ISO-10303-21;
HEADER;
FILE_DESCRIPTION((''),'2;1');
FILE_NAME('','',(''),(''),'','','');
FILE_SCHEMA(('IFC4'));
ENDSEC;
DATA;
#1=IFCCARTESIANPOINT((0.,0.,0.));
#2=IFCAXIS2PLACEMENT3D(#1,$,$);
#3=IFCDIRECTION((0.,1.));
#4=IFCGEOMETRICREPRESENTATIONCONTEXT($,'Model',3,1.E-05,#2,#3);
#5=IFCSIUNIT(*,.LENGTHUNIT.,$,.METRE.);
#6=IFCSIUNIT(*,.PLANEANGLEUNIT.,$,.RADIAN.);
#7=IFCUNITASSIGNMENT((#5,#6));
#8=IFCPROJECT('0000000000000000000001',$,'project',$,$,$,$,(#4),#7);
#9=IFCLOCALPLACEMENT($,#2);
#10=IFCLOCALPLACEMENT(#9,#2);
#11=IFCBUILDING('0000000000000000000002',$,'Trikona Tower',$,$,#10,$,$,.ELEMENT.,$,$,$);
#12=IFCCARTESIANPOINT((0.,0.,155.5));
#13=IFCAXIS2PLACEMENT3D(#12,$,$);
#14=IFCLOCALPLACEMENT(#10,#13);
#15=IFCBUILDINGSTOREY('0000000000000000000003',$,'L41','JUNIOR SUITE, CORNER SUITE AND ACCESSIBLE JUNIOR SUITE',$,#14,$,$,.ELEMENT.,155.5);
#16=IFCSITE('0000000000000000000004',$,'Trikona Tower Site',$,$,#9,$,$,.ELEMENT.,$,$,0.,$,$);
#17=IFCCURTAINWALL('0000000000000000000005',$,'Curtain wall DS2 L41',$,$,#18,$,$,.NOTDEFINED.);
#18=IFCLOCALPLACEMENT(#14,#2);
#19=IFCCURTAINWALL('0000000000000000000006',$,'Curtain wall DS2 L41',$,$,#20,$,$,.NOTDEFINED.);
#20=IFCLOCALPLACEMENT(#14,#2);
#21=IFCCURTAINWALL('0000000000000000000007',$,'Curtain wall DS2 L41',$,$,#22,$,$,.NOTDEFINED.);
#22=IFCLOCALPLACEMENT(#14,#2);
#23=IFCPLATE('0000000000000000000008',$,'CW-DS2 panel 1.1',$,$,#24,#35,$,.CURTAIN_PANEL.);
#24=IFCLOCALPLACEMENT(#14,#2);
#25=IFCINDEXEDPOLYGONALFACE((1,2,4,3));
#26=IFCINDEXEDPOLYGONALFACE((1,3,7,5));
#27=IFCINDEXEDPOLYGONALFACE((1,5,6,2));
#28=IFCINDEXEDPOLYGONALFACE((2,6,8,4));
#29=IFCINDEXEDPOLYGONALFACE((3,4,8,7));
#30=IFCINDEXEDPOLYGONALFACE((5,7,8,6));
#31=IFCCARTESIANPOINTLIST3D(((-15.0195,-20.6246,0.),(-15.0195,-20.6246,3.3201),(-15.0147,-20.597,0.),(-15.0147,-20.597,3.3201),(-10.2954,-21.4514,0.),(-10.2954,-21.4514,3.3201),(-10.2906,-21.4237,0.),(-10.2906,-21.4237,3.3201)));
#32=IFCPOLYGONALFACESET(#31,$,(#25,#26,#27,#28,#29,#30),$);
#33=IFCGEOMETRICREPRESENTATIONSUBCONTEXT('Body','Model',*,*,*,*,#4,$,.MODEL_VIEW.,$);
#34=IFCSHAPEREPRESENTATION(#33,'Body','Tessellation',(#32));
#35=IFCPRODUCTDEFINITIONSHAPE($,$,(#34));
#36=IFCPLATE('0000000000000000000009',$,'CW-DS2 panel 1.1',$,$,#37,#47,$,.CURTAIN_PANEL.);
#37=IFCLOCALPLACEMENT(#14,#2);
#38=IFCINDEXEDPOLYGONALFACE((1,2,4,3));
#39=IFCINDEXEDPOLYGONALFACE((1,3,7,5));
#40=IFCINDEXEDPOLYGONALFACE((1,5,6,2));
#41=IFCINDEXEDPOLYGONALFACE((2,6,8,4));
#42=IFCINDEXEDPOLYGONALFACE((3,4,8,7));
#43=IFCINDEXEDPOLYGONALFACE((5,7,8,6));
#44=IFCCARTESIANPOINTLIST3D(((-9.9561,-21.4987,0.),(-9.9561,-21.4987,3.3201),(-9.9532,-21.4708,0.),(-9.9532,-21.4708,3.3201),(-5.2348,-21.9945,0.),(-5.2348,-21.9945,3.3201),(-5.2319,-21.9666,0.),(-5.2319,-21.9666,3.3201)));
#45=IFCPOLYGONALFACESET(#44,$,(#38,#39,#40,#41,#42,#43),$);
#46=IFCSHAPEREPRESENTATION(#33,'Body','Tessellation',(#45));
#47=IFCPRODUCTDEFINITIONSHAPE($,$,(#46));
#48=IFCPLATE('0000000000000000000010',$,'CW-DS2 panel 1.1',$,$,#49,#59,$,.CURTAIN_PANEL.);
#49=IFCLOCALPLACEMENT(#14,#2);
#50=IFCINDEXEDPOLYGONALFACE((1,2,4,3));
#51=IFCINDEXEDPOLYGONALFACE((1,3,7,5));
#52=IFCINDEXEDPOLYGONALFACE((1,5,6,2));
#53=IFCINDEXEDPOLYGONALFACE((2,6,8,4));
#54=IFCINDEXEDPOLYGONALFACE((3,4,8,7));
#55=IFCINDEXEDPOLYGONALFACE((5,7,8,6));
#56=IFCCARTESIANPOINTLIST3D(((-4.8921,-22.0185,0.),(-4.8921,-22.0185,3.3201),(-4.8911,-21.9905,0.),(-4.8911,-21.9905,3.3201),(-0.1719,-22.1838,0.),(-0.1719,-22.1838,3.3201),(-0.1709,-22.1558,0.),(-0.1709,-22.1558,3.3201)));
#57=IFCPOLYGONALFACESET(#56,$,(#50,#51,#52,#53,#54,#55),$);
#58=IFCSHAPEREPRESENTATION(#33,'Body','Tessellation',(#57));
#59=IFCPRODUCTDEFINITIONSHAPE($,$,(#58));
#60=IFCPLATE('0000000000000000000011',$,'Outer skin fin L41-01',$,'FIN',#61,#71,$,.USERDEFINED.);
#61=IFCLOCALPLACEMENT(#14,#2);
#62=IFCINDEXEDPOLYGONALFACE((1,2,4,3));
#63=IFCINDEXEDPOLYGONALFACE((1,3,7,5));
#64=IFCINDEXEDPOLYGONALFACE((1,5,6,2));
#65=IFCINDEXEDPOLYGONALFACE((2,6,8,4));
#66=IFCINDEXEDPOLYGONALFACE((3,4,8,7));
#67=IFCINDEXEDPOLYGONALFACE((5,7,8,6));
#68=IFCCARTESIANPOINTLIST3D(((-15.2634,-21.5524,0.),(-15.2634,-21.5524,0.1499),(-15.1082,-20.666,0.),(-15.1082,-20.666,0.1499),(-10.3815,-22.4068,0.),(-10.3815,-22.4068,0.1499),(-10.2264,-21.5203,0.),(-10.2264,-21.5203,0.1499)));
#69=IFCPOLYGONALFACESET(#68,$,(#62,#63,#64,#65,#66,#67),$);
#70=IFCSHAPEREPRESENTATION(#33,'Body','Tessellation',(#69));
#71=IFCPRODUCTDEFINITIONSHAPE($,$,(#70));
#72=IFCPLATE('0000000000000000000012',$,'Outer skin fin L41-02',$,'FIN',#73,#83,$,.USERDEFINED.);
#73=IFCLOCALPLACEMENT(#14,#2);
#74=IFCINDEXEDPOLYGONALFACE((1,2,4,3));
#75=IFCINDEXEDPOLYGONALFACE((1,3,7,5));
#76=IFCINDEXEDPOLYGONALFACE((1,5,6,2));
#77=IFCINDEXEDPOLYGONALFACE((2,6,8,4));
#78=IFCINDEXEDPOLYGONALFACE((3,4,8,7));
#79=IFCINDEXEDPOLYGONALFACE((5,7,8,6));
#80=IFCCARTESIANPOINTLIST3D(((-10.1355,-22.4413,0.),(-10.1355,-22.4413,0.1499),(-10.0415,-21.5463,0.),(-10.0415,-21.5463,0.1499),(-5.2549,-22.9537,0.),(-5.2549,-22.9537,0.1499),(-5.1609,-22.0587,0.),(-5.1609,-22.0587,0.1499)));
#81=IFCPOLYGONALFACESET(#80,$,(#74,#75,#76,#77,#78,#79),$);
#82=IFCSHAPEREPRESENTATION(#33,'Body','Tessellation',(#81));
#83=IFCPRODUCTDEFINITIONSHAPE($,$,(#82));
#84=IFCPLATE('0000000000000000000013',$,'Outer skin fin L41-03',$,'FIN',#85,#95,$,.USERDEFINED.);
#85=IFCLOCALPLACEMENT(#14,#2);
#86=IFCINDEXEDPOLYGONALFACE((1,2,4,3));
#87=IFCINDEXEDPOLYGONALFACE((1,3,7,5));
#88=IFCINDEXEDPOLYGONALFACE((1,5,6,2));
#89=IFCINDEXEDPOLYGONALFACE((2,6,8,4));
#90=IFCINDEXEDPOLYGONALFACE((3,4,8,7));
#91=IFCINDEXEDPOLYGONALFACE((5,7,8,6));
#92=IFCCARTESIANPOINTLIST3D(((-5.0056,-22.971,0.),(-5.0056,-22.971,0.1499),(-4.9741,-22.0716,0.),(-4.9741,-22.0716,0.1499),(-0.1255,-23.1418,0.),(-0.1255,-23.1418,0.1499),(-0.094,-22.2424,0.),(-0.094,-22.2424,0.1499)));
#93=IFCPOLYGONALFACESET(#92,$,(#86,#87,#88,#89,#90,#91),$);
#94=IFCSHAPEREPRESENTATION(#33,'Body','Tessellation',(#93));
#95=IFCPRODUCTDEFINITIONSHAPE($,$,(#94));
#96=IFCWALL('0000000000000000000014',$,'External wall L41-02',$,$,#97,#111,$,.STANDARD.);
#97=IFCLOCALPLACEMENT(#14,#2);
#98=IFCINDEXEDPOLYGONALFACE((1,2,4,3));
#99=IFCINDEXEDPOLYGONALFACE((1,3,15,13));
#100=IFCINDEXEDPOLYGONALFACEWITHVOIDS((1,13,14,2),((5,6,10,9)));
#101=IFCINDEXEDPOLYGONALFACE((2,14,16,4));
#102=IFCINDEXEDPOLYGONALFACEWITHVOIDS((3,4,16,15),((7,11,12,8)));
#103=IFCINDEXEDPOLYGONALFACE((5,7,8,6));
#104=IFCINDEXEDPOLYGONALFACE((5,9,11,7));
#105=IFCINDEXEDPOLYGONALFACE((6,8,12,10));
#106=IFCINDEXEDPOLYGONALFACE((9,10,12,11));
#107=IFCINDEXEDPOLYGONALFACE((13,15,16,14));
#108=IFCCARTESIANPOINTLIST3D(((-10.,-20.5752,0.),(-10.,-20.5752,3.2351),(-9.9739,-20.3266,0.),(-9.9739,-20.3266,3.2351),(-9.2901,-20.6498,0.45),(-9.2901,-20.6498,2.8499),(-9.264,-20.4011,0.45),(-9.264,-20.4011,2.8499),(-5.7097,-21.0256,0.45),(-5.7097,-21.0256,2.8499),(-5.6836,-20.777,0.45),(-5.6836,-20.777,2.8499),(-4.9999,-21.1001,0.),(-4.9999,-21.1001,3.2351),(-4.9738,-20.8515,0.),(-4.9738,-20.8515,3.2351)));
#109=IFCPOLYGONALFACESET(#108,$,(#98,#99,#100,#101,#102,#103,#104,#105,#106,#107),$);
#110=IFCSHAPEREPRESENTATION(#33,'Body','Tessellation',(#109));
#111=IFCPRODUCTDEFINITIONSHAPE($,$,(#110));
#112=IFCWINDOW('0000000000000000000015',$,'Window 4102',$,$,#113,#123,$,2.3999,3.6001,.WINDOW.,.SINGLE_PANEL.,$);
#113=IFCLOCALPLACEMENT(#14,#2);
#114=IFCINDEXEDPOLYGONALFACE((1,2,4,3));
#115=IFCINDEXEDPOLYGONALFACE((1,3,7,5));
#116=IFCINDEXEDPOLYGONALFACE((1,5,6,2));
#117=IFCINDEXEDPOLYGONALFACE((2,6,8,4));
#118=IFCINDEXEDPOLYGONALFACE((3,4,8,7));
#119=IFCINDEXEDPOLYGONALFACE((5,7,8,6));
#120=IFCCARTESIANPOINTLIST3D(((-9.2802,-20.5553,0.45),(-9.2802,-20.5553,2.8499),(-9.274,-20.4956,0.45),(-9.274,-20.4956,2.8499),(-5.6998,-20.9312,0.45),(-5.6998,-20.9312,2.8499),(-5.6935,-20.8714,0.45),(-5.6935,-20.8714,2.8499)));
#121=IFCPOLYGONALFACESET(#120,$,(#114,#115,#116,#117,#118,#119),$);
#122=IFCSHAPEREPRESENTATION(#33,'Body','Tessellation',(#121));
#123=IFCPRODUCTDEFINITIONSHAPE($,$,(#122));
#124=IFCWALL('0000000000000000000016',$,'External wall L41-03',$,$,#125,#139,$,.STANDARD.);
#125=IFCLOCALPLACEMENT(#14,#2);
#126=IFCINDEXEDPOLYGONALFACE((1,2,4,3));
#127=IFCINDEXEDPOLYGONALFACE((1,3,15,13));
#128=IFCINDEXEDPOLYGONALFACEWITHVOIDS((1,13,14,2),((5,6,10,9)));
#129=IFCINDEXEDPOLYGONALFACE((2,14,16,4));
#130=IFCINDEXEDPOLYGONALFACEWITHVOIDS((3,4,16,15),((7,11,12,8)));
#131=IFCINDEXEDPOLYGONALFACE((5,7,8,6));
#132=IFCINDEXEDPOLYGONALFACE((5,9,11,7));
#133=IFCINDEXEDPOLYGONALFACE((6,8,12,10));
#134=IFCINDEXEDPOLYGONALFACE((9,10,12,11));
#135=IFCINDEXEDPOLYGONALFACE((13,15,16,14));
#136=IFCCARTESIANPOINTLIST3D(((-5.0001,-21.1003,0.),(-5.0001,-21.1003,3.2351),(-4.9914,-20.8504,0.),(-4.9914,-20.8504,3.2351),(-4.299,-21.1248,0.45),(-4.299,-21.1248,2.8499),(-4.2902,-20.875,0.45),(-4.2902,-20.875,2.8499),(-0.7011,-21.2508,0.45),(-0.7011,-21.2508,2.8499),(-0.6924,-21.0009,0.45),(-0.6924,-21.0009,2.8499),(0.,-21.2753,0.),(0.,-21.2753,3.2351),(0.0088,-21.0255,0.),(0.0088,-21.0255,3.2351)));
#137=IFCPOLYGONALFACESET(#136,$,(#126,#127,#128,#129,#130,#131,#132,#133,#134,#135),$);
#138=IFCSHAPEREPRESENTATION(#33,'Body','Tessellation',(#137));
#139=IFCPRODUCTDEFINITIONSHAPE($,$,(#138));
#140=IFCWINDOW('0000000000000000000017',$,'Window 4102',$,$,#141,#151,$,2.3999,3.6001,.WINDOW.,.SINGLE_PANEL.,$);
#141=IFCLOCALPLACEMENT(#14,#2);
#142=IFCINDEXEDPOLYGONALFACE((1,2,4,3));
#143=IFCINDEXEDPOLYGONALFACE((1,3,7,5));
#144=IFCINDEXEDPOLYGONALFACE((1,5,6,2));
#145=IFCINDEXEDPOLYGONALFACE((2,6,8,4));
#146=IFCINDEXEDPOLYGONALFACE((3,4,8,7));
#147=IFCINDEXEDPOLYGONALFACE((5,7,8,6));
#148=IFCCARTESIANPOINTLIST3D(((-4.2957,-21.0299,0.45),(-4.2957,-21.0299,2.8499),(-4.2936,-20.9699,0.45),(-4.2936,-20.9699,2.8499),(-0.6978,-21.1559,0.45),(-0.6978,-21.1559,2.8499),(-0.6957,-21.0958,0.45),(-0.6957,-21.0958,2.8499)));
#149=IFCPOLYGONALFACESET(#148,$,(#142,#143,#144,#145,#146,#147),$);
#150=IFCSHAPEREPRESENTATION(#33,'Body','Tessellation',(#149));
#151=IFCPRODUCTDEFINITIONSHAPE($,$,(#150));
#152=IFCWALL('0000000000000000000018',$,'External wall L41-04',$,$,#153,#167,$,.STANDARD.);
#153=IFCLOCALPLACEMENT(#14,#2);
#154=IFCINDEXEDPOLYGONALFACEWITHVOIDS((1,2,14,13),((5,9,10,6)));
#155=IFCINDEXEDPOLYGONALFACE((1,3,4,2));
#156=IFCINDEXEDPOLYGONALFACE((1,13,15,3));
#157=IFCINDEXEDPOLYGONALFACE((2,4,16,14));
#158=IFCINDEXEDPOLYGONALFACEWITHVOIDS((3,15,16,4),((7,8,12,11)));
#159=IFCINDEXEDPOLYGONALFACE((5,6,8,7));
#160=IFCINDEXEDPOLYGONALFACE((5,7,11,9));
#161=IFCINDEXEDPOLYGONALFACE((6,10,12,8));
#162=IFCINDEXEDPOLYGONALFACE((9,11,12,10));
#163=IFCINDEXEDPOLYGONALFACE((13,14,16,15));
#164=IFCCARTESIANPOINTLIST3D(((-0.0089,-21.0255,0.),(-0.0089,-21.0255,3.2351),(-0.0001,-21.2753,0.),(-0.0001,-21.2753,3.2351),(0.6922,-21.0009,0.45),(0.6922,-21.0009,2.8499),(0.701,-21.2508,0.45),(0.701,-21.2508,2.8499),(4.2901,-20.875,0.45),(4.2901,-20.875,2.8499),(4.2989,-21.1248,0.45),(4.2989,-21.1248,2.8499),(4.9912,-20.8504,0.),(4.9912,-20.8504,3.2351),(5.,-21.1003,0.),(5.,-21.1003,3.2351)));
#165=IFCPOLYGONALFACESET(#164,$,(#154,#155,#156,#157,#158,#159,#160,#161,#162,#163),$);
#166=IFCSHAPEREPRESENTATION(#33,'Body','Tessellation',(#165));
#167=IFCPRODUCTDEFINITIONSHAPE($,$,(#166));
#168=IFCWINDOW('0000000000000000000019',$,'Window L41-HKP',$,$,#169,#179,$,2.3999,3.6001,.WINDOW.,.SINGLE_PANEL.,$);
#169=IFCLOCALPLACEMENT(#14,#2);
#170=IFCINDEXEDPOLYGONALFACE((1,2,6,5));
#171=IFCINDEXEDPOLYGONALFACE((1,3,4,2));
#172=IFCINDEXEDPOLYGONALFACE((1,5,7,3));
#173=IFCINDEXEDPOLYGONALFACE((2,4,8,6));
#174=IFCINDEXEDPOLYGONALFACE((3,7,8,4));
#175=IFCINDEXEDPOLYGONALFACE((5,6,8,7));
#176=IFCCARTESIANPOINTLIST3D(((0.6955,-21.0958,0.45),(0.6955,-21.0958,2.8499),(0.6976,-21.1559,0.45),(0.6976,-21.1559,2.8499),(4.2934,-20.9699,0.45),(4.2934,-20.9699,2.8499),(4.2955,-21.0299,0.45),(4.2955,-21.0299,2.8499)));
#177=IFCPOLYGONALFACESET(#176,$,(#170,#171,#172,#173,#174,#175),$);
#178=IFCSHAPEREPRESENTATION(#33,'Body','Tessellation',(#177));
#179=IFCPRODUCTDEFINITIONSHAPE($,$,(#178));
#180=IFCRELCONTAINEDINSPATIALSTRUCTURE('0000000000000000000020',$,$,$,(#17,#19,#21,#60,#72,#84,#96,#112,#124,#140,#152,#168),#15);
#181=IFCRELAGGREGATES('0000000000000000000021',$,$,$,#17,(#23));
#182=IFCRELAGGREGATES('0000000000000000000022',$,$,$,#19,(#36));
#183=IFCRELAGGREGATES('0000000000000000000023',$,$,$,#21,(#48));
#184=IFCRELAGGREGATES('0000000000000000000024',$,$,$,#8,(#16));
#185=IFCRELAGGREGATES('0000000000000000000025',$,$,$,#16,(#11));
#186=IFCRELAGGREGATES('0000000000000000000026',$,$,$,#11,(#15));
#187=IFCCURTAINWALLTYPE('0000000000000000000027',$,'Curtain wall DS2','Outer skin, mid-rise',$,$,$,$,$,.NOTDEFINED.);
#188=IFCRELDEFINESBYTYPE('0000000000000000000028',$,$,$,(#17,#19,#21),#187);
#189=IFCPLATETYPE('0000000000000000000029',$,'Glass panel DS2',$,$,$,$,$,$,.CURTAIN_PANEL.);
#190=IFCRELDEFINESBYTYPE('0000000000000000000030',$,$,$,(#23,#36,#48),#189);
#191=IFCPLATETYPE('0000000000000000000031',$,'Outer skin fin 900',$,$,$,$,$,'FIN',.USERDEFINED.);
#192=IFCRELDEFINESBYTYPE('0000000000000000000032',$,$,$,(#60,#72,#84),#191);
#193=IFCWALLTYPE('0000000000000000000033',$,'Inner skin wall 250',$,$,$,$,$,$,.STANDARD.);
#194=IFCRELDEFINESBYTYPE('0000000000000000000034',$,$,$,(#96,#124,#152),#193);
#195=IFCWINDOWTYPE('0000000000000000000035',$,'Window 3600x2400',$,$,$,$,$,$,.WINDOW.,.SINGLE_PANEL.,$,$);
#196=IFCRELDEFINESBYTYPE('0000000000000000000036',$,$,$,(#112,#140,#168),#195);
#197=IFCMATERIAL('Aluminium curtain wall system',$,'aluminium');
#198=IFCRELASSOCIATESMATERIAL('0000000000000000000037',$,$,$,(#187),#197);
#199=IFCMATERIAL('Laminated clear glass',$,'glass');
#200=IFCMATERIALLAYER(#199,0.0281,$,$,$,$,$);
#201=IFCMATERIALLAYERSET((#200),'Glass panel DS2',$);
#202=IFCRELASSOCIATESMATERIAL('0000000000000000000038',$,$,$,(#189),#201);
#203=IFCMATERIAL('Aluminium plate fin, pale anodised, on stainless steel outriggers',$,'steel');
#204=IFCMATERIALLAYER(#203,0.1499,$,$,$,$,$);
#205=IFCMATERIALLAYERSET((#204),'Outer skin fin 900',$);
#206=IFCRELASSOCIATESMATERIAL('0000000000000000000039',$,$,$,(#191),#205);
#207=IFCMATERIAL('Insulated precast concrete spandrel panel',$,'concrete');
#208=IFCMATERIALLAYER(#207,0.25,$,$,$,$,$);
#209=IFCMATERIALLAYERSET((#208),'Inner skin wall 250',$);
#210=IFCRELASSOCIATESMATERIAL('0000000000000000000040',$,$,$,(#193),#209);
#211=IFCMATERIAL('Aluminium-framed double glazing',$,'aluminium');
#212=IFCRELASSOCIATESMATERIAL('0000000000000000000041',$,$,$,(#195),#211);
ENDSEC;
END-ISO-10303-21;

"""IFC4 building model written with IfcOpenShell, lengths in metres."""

from ifc_helpers import new_model, si_unit, direction, frame, frame_2d, origin, origin_2d, place, context, subcontext, project, spatial, rectangle, extrude, material, layer, layer_set, type_object, element, fill, aggregate, save


model = new_model("IFC4")

# Units and contexts
model_context = context("Model", 3, precision=1e-05, world=origin(), true_north=direction((0.0, 1.0)))
body_context = subcontext(model_context, "Body", "Model", "MODEL_VIEW")
ifc_project = project(units=[si_unit("LENGTHUNIT", "METRE"), si_unit("PLANEANGLEUNIT", "RADIAN")], contexts=[model_context])

# Site, building, storey
site_placement = place(None, origin())
site = spatial("IfcSite", under=ifc_project, at=site_placement, Name="Trikona Tower Site", CompositionType="ELEMENT", RefElevation=0.0)
building_placement = place(site_placement, origin())
building = spatial("IfcBuilding", under=site, at=building_placement, Name="Trikona Tower", CompositionType="ELEMENT")
storey_placement = place(building_placement, frame((0.0, 0.0, 155.5)))
storey = spatial("IfcBuildingStorey", under=building, at=storey_placement, Name="L41", Description="JUNIOR SUITE, CORNER SUITE AND ACCESSIBLE JUNIOR SUITE", CompositionType="ELEMENT", Elevation=155.5)

# Curtain wall
ifc_material_1 = material(Name="Aluminium curtain wall system", Category="aluminium")
curtain_wall_type = type_object("IfcCurtainWallType", Name="Curtain wall DS2", Description="Outer skin, mid-rise", PredefinedType="NOTDEFINED", material=ifc_material_1)
curtain_wall_1_placement = place(storey_placement, origin())
curtain_wall_1 = element("IfcCurtainWall", 1, at=curtain_wall_1_placement, inside=storey, type_object=curtain_wall_type, Name="Curtain wall DS2 L41", PredefinedType="NOTDEFINED")

# Curtain walls
curtain_wall_2_placement = place(storey_placement, origin())
curtain_wall_2 = element("IfcCurtainWall", 2, at=curtain_wall_2_placement, inside=storey, type_object=curtain_wall_type, Name="Curtain wall DS2 L41", PredefinedType="NOTDEFINED")
curtain_wall_3_placement = place(storey_placement, origin())
curtain_wall_3 = element("IfcCurtainWall", 3, at=curtain_wall_3_placement, inside=storey, type_object=curtain_wall_type, Name="Curtain wall DS2 L41", PredefinedType="NOTDEFINED")

# Plates
ifc_material_2 = material(Name="Laminated clear glass", Category="glass")
ifc_layer_1 = layer(ifc_material_2, 0.0281)
ifc_layer_set_1 = layer_set([ifc_layer_1], Name="Glass panel DS2")
plate_type_1 = type_object("IfcPlateType", Name="Glass panel DS2", PredefinedType="CURTAIN_PANEL", material=ifc_layer_set_1)
plate_1_placement = place(storey_placement, frame((-12.655, -21.0242, 0.0), z_axis=(0.0, 0.0, 1.0), x_axis=(0.985031, -0.172377, 0.0)))
plate_1 = element("IfcPlate", 4, at=plate_1_placement, type_object=plate_type_1, Name="CW-DS2 panel 1.1", PredefinedType="CURTAIN_PANEL", context=body_context, shape_type="SweptSolid", body=[
    extrude(rectangle(XDim=4.7959, YDim=0.0281, at=origin_2d()), origin(), (0.0, 0.0, 1.0), 3.3201),
])
aggregate(curtain_wall_1, [plate_1])
plate_2_placement = place(storey_placement, frame((-7.594, -21.7327, 0.0), z_axis=(0.0, 0.0, 1.0), x_axis=(0.994532, -0.104433, 0.0)))
plate_2 = element("IfcPlate", 5, at=plate_2_placement, type_object=plate_type_1, Name="CW-DS2 panel 1.1", PredefinedType="CURTAIN_PANEL", context=body_context, shape_type="SweptSolid", body=[
    extrude(rectangle(XDim=4.7473, YDim=0.0281, at=origin_2d()), origin(), (0.0, 0.0, 1.0), 3.3201),
])
aggregate(curtain_wall_2, [plate_2])
plate_3_placement = place(storey_placement, frame((-2.5315, -22.0872, 0.0), z_axis=(0.0, 0.0, 1.0), x_axis=(0.999387, -0.034998, 0.0)))
plate_3 = element("IfcPlate", 6, at=plate_3_placement, type_object=plate_type_1, Name="CW-DS2 panel 1.1", PredefinedType="CURTAIN_PANEL", context=body_context, shape_type="SweptSolid", body=[
    extrude(rectangle(XDim=4.7231, YDim=0.0281, at=origin_2d()), origin(), (0.0, 0.0, 1.0), 3.3201),
])
aggregate(curtain_wall_3, [plate_3])

# Plates
ifc_material_3 = material(Name="Aluminium plate fin, pale anodised, on stainless steel outriggers", Category="steel")
ifc_layer_2 = layer(ifc_material_3, 0.1499)
ifc_layer_set_2 = layer_set([ifc_layer_2], Name="Outer skin fin 900")
plate_type_2 = type_object("IfcPlateType", Name="Outer skin fin 900", ElementType="FIN", PredefinedType="USERDEFINED", material=ifc_layer_set_2)
plate_4_placement = place(storey_placement, frame((-12.7449, -21.5364, 0.0), z_axis=(0.0, 0.0, 1.0), x_axis=(0.985031, -0.17238, 0.0)))
element("IfcPlate", 7, at=plate_4_placement, inside=storey, type_object=plate_type_2, Name="Outer skin fin L41-01", ObjectType="FIN", PredefinedType="USERDEFINED", context=body_context, shape_type="SweptSolid", body=[
    extrude(rectangle(XDim=4.9561, YDim=0.8999, at=origin_2d()), origin(), (0.0, 0.0, 1.0), 0.1499),
])
plate_5_placement = place(storey_placement, frame((-7.6482, -22.25, 0.0), z_axis=(0.0, 0.0, 1.0), x_axis=(0.994533, -0.104426, 0.0)))
element("IfcPlate", 8, at=plate_5_placement, inside=storey, type_object=plate_type_2, Name="Outer skin fin L41-02", ObjectType="FIN", PredefinedType="USERDEFINED", context=body_context, shape_type="SweptSolid", body=[
    extrude(rectangle(XDim=4.9075, YDim=0.8999, at=origin_2d()), origin(), (0.0, 0.0, 1.0), 0.1499),
])
plate_6_placement = place(storey_placement, frame((-2.5498, -22.6067, 0.0), z_axis=(0.0, 0.0, 1.0), x_axis=(0.999388, -0.034978, 0.0)))
element("IfcPlate", 9, at=plate_6_placement, inside=storey, type_object=plate_type_2, Name="Outer skin fin L41-03", ObjectType="FIN", PredefinedType="USERDEFINED", context=body_context, shape_type="SweptSolid", body=[
    extrude(rectangle(XDim=4.8831, YDim=0.8999, at=origin_2d()), origin(), (0.0, 0.0, 1.0), 0.1499),
])

# Walls, openings, windows
ifc_material_4 = material(Name="Insulated precast concrete spandrel panel", Category="concrete")
ifc_layer_3 = layer(ifc_material_4, 0.25)
ifc_layer_set_3 = layer_set([ifc_layer_3], Name="Inner skin wall 250")
wall_type = type_object("IfcWallType", Name="Inner skin wall 250", PredefinedType="STANDARD", material=ifc_layer_set_3)
wall_1_placement = place(storey_placement, frame((-9.9868, -20.4509, 0.0), z_axis=(0.0, 0.0, 1.0), x_axis=(0.994535, -0.104407, 0.0)))
wall_1 = element("IfcWall", 10, at=wall_1_placement, inside=storey, type_object=wall_type, Name="External wall L41-02", PredefinedType="STANDARD", context=body_context, shape_type="SweptSolid", body=[
    extrude(rectangle(XDim=5.0276, YDim=0.25, at=frame_2d((2.5137, 0.0))), origin(), (0.0, 0.0, 1.0), 3.2351),
])
opening_1_placement = place(wall_1_placement, frame((0.7136, 0.0, 0.45)))
opening_1 = element("IfcOpeningElement", 11, at=opening_1_placement, cuts=wall_1, PredefinedType="OPENING", context=body_context, shape_type="SweptSolid", body=[
    extrude(rectangle(XDim=3.6001, YDim=2.3999, at=frame_2d((1.8, 1.2))), frame((0.0, 0.135, 0.0), z_axis=(0.0, -1.0, 0.0), x_axis=(1.0, 0.0, 0.0)), (0.0, 0.0, 1.0), 0.27),
])
ifc_material_5 = material(Name="Aluminium-framed double glazing", Category="aluminium")
window_type = type_object("IfcWindowType", Name="Window 3600x2400", PartitioningType="SINGLE_PANEL", PredefinedType="WINDOW", material=ifc_material_5)
window_1_placement = place(opening_1_placement, origin())
window_1 = element("IfcWindow", 12, at=window_1_placement, inside=storey, type_object=window_type, Name="Window 4102", OverallHeight=2.3999, OverallWidth=3.6001, PartitioningType="SINGLE_PANEL", PredefinedType="WINDOW", context=body_context, shape_type="SweptSolid", body=[
    extrude(rectangle(XDim=3.6001, YDim=2.3999, at=frame_2d((1.8, 1.2))), frame((0.0, 0.03, 0.0), z_axis=(0.0, -1.0, 0.0), x_axis=(1.0, 0.0, 0.0)), (0.0, 0.0, 1.0), 0.0601),
])
fill(opening_1, window_1)
wall_2_placement = place(storey_placement, frame((-4.9956, -20.9753, 0.0), z_axis=(0.0, 0.0, 1.0), x_axis=(0.999388, -0.034988, 0.0)))
wall_2 = element("IfcWall", 13, at=wall_2_placement, inside=storey, type_object=wall_type, Name="External wall L41-03", PredefinedType="STANDARD", context=body_context, shape_type="SweptSolid", body=[
    extrude(rectangle(XDim=5.0032, YDim=0.25, at=frame_2d((2.5015, 0.0))), origin(), (0.0, 0.0, 1.0), 3.2351),
])
opening_2_placement = place(wall_2_placement, frame((0.7014, 0.0, 0.45)))
opening_2 = element("IfcOpeningElement", 14, at=opening_2_placement, cuts=wall_2, PredefinedType="OPENING", context=body_context, shape_type="SweptSolid", body=[
    extrude(rectangle(XDim=3.6001, YDim=2.3999, at=frame_2d((1.8, 1.2))), frame((0.0, 0.135, 0.0), z_axis=(0.0, -1.0, 0.0), x_axis=(1.0, 0.0, 0.0)), (0.0, 0.0, 1.0), 0.27),
])
window_2_placement = place(opening_2_placement, origin())
window_2 = element("IfcWindow", 15, at=window_2_placement, inside=storey, type_object=window_type, Name="Window 4102", OverallHeight=2.3999, OverallWidth=3.6001, PartitioningType="SINGLE_PANEL", PredefinedType="WINDOW", context=body_context, shape_type="SweptSolid", body=[
    extrude(rectangle(XDim=3.6001, YDim=2.3999, at=frame_2d((1.8, 1.2))), frame((0.0, 0.03, 0.0), z_axis=(0.0, -1.0, 0.0), x_axis=(1.0, 0.0, 0.0)), (0.0, 0.0, 1.0), 0.0601),
])
fill(opening_2, window_2)
wall_3_placement = place(storey_placement, frame((-0.0044, -21.1504, 0.0), z_axis=(0.0, 0.0, 1.0), x_axis=(0.999388, 0.034988, 0.0)))
wall_3 = element("IfcWall", 16, at=wall_3_placement, inside=storey, type_object=wall_type, Name="External wall L41-04", PredefinedType="STANDARD", context=body_context, shape_type="SweptSolid", body=[
    extrude(rectangle(XDim=5.0032, YDim=0.25, at=frame_2d((2.5015, 0.0))), origin(), (0.0, 0.0, 1.0), 3.2351),
])
opening_3_placement = place(wall_3_placement, frame((0.7014, 0.0, 0.45)))
opening_3 = element("IfcOpeningElement", 17, at=opening_3_placement, cuts=wall_3, PredefinedType="OPENING", context=body_context, shape_type="SweptSolid", body=[
    extrude(rectangle(XDim=3.6001, YDim=2.3999, at=frame_2d((1.8, 1.2))), frame((0.0, 0.135, 0.0), z_axis=(0.0, -1.0, 0.0), x_axis=(1.0, 0.0, 0.0)), (0.0, 0.0, 1.0), 0.27),
])
window_3_placement = place(opening_3_placement, origin())
window_3 = element("IfcWindow", 18, at=window_3_placement, inside=storey, type_object=window_type, Name="Window L41-HKP", OverallHeight=2.3999, OverallWidth=3.6001, PartitioningType="SINGLE_PANEL", PredefinedType="WINDOW", context=body_context, shape_type="SweptSolid", body=[
    extrude(rectangle(XDim=3.6001, YDim=2.3999, at=frame_2d((1.8, 1.2))), frame((0.0, 0.03, 0.0), z_axis=(0.0, -1.0, 0.0), x_axis=(1.0, 0.0, 0.0)), (0.0, 0.0, 1.0), 0.0601),
])
fill(opening_3, window_3)

save(model, "model.ifc")
